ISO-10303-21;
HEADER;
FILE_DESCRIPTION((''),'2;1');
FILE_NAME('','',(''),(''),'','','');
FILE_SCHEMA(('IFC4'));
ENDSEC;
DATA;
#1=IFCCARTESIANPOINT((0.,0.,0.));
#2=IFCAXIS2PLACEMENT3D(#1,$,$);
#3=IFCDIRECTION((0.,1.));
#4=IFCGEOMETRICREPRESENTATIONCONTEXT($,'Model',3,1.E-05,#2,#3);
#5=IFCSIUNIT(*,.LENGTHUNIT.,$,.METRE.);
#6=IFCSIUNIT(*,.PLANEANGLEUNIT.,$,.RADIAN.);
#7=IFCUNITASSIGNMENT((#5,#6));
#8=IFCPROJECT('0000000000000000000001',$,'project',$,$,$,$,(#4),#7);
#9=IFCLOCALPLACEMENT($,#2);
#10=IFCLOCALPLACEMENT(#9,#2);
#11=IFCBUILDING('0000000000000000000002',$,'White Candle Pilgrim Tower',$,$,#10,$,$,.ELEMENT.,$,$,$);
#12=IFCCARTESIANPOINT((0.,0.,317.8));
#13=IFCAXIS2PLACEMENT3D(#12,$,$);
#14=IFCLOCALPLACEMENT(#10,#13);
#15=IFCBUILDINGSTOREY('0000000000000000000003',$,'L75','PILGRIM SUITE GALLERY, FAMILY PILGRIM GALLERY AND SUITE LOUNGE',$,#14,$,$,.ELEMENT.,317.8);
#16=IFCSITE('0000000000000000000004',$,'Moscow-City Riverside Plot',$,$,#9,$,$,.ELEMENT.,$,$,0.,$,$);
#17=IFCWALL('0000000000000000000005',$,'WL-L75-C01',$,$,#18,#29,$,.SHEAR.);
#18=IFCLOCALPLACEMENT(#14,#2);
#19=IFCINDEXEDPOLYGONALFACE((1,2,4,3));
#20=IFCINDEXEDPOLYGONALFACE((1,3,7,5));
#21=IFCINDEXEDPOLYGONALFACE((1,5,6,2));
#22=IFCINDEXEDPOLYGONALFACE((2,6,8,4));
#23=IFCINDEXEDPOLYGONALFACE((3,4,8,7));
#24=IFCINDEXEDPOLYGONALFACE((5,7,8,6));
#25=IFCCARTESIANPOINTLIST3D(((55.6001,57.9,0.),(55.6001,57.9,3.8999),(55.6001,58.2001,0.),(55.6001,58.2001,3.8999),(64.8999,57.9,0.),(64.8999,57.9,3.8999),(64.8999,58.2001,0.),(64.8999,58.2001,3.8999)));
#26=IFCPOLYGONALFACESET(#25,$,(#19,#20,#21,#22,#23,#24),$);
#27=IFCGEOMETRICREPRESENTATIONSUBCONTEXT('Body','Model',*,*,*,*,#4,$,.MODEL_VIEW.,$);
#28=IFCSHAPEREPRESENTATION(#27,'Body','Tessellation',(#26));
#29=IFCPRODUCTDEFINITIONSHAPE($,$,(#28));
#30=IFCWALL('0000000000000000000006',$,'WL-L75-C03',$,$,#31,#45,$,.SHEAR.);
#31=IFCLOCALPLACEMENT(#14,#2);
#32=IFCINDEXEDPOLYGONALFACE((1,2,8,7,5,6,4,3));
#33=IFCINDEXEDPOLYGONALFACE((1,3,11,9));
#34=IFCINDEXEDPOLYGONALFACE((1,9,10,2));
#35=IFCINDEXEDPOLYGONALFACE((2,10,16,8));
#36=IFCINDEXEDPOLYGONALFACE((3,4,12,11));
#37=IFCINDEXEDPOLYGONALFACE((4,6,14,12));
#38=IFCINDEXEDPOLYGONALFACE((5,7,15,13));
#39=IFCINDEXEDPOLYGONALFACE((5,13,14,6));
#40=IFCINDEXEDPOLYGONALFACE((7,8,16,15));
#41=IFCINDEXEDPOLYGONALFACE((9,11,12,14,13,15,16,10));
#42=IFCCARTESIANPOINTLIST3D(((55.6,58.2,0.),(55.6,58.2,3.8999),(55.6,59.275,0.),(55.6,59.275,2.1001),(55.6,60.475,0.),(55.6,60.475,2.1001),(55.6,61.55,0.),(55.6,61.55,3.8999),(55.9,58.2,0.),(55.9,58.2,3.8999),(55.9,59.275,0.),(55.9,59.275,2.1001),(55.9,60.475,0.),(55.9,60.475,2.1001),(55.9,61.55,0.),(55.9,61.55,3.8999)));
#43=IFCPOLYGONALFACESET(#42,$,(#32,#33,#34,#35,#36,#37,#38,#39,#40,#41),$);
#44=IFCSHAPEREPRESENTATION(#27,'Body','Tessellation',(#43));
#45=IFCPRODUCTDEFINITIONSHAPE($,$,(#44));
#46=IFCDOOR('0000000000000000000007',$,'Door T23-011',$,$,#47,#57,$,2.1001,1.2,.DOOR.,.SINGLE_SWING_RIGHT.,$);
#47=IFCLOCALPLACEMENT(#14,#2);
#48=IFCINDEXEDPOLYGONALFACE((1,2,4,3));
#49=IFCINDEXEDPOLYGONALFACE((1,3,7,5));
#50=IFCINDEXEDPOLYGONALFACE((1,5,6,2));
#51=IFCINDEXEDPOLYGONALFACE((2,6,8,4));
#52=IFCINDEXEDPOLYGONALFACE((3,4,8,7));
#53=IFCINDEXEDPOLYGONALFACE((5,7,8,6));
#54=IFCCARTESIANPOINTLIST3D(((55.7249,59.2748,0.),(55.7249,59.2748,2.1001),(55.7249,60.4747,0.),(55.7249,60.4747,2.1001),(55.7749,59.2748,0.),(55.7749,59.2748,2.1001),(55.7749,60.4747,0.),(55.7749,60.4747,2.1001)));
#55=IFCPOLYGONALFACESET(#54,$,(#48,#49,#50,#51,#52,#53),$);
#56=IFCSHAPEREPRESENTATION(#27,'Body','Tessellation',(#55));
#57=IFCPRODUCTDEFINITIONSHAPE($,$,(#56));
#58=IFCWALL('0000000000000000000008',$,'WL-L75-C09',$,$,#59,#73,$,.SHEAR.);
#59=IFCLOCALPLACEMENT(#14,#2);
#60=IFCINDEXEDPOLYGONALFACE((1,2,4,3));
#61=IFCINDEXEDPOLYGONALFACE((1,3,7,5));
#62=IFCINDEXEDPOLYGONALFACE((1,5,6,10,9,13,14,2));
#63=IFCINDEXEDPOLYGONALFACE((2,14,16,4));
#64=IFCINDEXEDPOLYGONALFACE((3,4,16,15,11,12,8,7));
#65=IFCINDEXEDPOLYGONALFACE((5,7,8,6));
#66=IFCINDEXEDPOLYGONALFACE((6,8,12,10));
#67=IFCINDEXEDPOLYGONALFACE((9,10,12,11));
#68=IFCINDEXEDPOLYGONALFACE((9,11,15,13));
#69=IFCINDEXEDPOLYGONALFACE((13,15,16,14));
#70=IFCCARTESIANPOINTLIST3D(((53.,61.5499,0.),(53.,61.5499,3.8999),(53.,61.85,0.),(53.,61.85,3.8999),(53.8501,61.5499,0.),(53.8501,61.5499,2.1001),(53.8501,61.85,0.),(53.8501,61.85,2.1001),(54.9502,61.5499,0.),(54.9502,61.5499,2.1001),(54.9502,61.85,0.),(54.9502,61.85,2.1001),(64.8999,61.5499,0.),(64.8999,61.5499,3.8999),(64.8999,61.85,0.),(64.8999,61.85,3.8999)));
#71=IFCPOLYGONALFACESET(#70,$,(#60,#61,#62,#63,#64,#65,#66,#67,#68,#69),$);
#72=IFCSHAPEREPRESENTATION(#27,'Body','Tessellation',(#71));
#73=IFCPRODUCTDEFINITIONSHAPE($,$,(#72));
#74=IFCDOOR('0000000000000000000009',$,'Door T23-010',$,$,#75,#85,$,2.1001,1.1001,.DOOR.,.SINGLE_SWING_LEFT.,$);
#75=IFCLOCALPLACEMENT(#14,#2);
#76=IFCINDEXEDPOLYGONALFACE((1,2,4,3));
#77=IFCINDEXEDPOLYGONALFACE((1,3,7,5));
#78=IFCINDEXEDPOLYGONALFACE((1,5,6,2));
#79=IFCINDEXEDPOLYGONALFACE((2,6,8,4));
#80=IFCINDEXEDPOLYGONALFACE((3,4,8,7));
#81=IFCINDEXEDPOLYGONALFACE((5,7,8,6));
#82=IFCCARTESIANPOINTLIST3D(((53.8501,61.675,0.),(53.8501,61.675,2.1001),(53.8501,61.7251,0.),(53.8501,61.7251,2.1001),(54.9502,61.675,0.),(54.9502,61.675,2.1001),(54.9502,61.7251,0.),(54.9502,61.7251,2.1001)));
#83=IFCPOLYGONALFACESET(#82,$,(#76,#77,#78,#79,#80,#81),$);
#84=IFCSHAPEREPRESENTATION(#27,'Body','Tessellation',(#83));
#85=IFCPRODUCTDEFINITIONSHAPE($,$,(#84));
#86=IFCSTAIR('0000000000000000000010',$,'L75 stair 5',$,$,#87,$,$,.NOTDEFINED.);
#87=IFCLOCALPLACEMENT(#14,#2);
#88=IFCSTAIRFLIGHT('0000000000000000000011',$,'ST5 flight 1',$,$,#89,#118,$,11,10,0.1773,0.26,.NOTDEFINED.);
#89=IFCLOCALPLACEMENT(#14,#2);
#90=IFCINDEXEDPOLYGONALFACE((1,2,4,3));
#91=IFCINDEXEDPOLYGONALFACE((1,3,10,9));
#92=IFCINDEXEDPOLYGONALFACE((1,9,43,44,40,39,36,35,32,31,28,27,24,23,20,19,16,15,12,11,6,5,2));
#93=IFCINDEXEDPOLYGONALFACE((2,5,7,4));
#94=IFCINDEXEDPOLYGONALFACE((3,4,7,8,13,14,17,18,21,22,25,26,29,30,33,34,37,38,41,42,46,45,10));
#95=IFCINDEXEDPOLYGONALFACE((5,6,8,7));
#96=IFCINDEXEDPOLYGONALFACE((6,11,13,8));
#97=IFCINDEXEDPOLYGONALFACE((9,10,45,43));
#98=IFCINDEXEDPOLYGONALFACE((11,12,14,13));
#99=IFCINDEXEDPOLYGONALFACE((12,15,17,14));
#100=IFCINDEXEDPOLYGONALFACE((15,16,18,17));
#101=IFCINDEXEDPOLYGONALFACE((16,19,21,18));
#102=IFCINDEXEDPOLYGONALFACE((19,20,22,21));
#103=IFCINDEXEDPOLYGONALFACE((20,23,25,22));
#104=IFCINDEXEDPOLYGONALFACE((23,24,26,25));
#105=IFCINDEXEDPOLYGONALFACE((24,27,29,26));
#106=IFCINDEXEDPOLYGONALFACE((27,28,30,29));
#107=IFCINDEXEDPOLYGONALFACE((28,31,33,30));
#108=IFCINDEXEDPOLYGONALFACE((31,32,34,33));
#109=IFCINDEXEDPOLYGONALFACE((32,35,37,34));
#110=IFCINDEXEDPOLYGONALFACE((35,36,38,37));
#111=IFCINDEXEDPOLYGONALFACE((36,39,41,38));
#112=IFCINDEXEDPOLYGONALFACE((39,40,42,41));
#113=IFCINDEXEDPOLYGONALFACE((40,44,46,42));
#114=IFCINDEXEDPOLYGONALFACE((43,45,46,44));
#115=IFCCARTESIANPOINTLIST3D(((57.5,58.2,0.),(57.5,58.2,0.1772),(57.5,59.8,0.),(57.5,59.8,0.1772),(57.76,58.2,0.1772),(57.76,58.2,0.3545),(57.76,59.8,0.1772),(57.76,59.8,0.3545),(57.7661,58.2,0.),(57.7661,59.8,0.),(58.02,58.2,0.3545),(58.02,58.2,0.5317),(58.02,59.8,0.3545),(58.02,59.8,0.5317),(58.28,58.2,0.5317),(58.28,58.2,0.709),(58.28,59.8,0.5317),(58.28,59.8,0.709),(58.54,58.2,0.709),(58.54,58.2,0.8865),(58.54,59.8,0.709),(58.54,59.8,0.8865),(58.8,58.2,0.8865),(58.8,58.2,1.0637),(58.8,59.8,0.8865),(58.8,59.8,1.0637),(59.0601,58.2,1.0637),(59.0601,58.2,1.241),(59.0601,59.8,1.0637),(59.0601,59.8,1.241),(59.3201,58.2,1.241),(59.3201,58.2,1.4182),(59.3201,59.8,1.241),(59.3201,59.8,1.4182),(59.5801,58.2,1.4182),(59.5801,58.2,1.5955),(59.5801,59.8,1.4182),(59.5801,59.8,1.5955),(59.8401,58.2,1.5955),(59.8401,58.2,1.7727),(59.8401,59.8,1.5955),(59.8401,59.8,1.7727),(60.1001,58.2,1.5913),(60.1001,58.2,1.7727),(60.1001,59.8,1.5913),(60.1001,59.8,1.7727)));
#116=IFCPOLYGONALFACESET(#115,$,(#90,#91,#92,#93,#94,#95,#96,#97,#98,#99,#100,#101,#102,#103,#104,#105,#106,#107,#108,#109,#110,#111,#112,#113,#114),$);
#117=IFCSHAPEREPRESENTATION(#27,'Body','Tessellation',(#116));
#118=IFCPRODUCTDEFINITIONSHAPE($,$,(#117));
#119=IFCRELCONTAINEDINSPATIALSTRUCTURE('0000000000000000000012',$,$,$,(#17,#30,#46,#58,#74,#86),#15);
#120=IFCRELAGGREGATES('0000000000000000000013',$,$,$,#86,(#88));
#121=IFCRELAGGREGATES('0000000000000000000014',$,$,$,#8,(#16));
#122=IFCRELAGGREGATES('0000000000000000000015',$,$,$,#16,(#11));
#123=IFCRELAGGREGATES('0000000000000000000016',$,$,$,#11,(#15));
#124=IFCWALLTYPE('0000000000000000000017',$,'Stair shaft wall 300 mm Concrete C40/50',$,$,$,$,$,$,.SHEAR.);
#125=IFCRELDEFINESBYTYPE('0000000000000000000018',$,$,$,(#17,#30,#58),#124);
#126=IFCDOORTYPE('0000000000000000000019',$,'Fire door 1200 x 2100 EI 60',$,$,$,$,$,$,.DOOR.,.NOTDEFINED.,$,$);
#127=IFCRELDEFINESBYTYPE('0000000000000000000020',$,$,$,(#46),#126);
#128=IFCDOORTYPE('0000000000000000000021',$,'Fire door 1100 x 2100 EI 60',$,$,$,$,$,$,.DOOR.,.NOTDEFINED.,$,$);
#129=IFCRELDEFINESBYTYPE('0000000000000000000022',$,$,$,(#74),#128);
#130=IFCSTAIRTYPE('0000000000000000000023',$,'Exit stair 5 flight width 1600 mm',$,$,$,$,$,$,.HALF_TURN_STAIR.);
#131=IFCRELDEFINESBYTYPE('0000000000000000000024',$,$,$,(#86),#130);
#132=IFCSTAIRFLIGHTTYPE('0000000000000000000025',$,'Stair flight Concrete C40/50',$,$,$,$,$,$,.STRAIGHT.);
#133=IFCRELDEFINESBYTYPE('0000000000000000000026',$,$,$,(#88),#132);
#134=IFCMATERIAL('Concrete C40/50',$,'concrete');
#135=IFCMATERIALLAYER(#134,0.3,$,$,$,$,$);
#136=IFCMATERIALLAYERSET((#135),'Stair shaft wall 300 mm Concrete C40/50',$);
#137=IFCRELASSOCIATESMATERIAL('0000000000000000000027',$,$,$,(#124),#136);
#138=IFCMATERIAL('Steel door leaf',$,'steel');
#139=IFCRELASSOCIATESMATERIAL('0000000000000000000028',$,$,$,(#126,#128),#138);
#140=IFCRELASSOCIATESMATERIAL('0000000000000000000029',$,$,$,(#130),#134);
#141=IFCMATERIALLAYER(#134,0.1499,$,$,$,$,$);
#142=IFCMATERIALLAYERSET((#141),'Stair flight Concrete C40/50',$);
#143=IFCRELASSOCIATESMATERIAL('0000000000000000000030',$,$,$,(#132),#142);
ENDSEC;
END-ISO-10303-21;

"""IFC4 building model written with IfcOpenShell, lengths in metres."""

from ifc_helpers import new_model, si_unit, direction, frame, frame_2d, origin, place, context, subcontext, project, spatial, polyline, rectangle, outline, extrude, material, layer, layer_set, type_object, element, fill, aggregate, save


model = new_model("IFC4")

# Units and contexts
model_context = context("Model", 3, precision=1e-05, world=origin(), true_north=direction((0.0, 1.0)))
body_context = subcontext(model_context, "Body", "Model", "MODEL_VIEW")
ifc_project = project(units=[si_unit("LENGTHUNIT", "METRE"), si_unit("PLANEANGLEUNIT", "RADIAN")], contexts=[model_context])

# Site, building, storey
site_placement = place(None, origin())
site = spatial("IfcSite", under=ifc_project, at=site_placement, Name="Moscow-City Riverside Plot", CompositionType="ELEMENT", RefElevation=0.0)
building_placement = place(site_placement, origin())
building = spatial("IfcBuilding", under=site, at=building_placement, Name="White Candle Pilgrim Tower", CompositionType="ELEMENT")
storey_placement = place(building_placement, frame((0.0, 0.0, 317.8)))
storey = spatial("IfcBuildingStorey", under=building, at=storey_placement, Name="L75", Description="PILGRIM SUITE GALLERY, FAMILY PILGRIM GALLERY AND SUITE LOUNGE", CompositionType="ELEMENT", Elevation=317.8)

# Shared definitions
ifc_material_1 = material(Name="Concrete C40/50", Category="concrete")

# Shared definitions
ifc_material_2 = material(Name="Steel door leaf", Category="steel")

# Wall
ifc_layer_1 = layer(ifc_material_1, 0.3)
ifc_layer_set_1 = layer_set([ifc_layer_1], Name="Stair shaft wall 300 mm Concrete C40/50")
wall_type_1 = type_object("IfcWallType", Name="Stair shaft wall 300 mm Concrete C40/50", PredefinedType="SHEAR", material=ifc_layer_set_1)
wall_1_placement = place(storey_placement, frame((55.6001, 58.05, 0.0), z_axis=(0.0, 0.0, 1.0), x_axis=(1.0, 0.0, 0.0)))
element("IfcWall", 1, at=wall_1_placement, inside=storey, type_object=wall_type_1, Name="WL-L75-C01", PredefinedType="SHEAR", context=body_context, shape_type="SweptSolid", body=[
    extrude(rectangle(XDim=9.2998, YDim=0.3, at=frame_2d((4.6499, 0.0))), origin(), (0.0, 0.0, 1.0), 3.8999),
])

# Walls, openings, doors
wall_2_placement = place(storey_placement, frame((55.75, 58.2, 0.0), z_axis=(0.0, 0.0, 1.0), x_axis=(0.0, 1.0, 0.0)))
wall_2 = element("IfcWall", 2, at=wall_2_placement, inside=storey, type_object=wall_type_1, Name="WL-L75-C03", PredefinedType="SHEAR", context=body_context, shape_type="SweptSolid", body=[
    extrude(rectangle(XDim=3.3501, YDim=0.3, at=frame_2d((1.675, 0.0))), origin(), (0.0, 0.0, 1.0), 3.8999),
])
opening_1_placement = place(wall_2_placement, frame((1.075, 0.0, 0.0)))
opening_1 = element("IfcOpeningElement", 3, at=opening_1_placement, cuts=wall_2, PredefinedType="OPENING", context=body_context, shape_type="SweptSolid", body=[
    extrude(rectangle(XDim=1.2, YDim=2.1001, at=frame_2d((0.6001, 1.05))), frame((0.0, 0.1599, 0.0), z_axis=(0.0, -1.0, 0.0), x_axis=(1.0, 0.0, 0.0)), (0.0, 0.0, 1.0), 0.3201),
])
door_type_1 = type_object("IfcDoorType", Name="Fire door 1200 x 2100 EI 60", OperationType="NOTDEFINED", PredefinedType="DOOR", material=ifc_material_2)
door_1_placement = place(opening_1_placement, frame((1.2, 0.0, 0.0), z_axis=(0.0, 0.0, 1.0), x_axis=(-1.0, 0.0, 0.0)))
door_1 = element("IfcDoor", 4, at=door_1_placement, inside=storey, type_object=door_type_1, Name="Door T23-011", OperationType="SINGLE_SWING_RIGHT", OverallHeight=2.1001, OverallWidth=1.2, PredefinedType="DOOR", context=body_context, shape_type="SweptSolid", body=[
    extrude(rectangle(XDim=1.2, YDim=2.1001, at=frame_2d((0.6001, 1.05))), frame((0.0, 0.0249, 0.0), z_axis=(0.0, -1.0, 0.0), x_axis=(1.0, 0.0, 0.0)), (0.0, 0.0, 1.0), 0.05),
])
fill(opening_1, door_1)
wall_3_placement = place(storey_placement, frame((53.0, 61.7, 0.0), z_axis=(0.0, 0.0, 1.0), x_axis=(1.0, 0.0, 0.0)))
wall_3 = element("IfcWall", 5, at=wall_3_placement, inside=storey, type_object=wall_type_1, Name="WL-L75-C09", PredefinedType="SHEAR", context=body_context, shape_type="SweptSolid", body=[
    extrude(rectangle(XDim=11.8999, YDim=0.3, at=frame_2d((5.95, 0.0))), origin(), (0.0, 0.0, 1.0), 3.8999),
])
opening_2_placement = place(wall_3_placement, frame((0.8501, 0.0, 0.0)))
opening_2 = element("IfcOpeningElement", 6, at=opening_2_placement, cuts=wall_3, PredefinedType="OPENING", context=body_context, shape_type="SweptSolid", body=[
    extrude(rectangle(XDim=1.1001, YDim=2.1001, at=frame_2d((0.55, 1.05))), frame((0.0, 0.1599, 0.0), z_axis=(0.0, -1.0, 0.0), x_axis=(1.0, 0.0, 0.0)), (0.0, 0.0, 1.0), 0.3201),
])
door_type_2 = type_object("IfcDoorType", Name="Fire door 1100 x 2100 EI 60", OperationType="NOTDEFINED", PredefinedType="DOOR", material=ifc_material_2)
door_2_placement = place(opening_2_placement, frame((1.1001, 0.0, 0.0), z_axis=(0.0, 0.0, 1.0), x_axis=(-1.0, 0.0, 0.0)))
door_2 = element("IfcDoor", 7, at=door_2_placement, inside=storey, type_object=door_type_2, Name="Door T23-010", OperationType="SINGLE_SWING_LEFT", OverallHeight=2.1001, OverallWidth=1.1001, PredefinedType="DOOR", context=body_context, shape_type="SweptSolid", body=[
    extrude(rectangle(XDim=1.1001, YDim=2.1001, at=frame_2d((0.55, 1.05))), frame((0.0, 0.0249, 0.0), z_axis=(0.0, -1.0, 0.0), x_axis=(1.0, 0.0, 0.0)), (0.0, 0.0, 1.0), 0.05),
])
fill(opening_2, door_2)

# Stair, stair flight
stair_type = type_object("IfcStairType", Name="Exit stair 5 flight width 1600 mm", PredefinedType="HALF_TURN_STAIR", material=ifc_material_1)
stair_placement = place(storey_placement, origin())
stair = element("IfcStair", 8, at=stair_placement, inside=storey, type_object=stair_type, Name="L75 stair 5", PredefinedType="NOTDEFINED")
ifc_layer_2 = layer(ifc_material_1, 0.1499)
ifc_layer_set_2 = layer_set([ifc_layer_2], Name="Stair flight Concrete C40/50")
stair_flight_type = type_object("IfcStairFlightType", Name="Stair flight Concrete C40/50", PredefinedType="STRAIGHT", material=ifc_layer_set_2)
stair_flight_placement = place(storey_placement, frame((57.5, 59.0, 0.0), z_axis=(0.0, 0.0, 1.0), x_axis=(1.0, 0.0, 0.0)))
stair_flight = element("IfcStairFlight", 9, at=stair_flight_placement, type_object=stair_flight_type, Name="ST5 flight 1", NumberOfRisers=11, NumberOfTreads=10, PredefinedType="NOTDEFINED", RiserHeight=0.1773, TreadLength=0.26, context=body_context, shape_type="SweptSolid", body=[
    extrude(outline(polyline([(0.0, 0.0), (0.0, 0.1772), (0.26, 0.1772), (0.26, 0.3545), (0.52, 0.3545), (0.52, 0.5317), (0.78, 0.5317), (0.78, 0.709), (1.04, 0.709), (1.04, 0.8865), (1.3, 0.8865), (1.3, 1.0637), (1.5601, 1.0637), (1.5601, 1.241), (1.8201, 1.241), (1.8201, 1.4182), (2.0801, 1.4182), (2.0801, 1.5955), (2.3401, 1.5955), (2.3401, 1.7727), (2.6001, 1.7727), (2.6001, 1.95), (2.6001, 1.5913), (0.2661, 0.0), (0.0, 0.0)])), frame((0.0, 0.8, 0.0), z_axis=(0.0, -1.0, 0.0), x_axis=(1.0, 0.0, 0.0)), (0.0, 0.0, 1.0), 1.6001),
])
aggregate(stair, [stair_flight])

save(model, "model.ifc")
